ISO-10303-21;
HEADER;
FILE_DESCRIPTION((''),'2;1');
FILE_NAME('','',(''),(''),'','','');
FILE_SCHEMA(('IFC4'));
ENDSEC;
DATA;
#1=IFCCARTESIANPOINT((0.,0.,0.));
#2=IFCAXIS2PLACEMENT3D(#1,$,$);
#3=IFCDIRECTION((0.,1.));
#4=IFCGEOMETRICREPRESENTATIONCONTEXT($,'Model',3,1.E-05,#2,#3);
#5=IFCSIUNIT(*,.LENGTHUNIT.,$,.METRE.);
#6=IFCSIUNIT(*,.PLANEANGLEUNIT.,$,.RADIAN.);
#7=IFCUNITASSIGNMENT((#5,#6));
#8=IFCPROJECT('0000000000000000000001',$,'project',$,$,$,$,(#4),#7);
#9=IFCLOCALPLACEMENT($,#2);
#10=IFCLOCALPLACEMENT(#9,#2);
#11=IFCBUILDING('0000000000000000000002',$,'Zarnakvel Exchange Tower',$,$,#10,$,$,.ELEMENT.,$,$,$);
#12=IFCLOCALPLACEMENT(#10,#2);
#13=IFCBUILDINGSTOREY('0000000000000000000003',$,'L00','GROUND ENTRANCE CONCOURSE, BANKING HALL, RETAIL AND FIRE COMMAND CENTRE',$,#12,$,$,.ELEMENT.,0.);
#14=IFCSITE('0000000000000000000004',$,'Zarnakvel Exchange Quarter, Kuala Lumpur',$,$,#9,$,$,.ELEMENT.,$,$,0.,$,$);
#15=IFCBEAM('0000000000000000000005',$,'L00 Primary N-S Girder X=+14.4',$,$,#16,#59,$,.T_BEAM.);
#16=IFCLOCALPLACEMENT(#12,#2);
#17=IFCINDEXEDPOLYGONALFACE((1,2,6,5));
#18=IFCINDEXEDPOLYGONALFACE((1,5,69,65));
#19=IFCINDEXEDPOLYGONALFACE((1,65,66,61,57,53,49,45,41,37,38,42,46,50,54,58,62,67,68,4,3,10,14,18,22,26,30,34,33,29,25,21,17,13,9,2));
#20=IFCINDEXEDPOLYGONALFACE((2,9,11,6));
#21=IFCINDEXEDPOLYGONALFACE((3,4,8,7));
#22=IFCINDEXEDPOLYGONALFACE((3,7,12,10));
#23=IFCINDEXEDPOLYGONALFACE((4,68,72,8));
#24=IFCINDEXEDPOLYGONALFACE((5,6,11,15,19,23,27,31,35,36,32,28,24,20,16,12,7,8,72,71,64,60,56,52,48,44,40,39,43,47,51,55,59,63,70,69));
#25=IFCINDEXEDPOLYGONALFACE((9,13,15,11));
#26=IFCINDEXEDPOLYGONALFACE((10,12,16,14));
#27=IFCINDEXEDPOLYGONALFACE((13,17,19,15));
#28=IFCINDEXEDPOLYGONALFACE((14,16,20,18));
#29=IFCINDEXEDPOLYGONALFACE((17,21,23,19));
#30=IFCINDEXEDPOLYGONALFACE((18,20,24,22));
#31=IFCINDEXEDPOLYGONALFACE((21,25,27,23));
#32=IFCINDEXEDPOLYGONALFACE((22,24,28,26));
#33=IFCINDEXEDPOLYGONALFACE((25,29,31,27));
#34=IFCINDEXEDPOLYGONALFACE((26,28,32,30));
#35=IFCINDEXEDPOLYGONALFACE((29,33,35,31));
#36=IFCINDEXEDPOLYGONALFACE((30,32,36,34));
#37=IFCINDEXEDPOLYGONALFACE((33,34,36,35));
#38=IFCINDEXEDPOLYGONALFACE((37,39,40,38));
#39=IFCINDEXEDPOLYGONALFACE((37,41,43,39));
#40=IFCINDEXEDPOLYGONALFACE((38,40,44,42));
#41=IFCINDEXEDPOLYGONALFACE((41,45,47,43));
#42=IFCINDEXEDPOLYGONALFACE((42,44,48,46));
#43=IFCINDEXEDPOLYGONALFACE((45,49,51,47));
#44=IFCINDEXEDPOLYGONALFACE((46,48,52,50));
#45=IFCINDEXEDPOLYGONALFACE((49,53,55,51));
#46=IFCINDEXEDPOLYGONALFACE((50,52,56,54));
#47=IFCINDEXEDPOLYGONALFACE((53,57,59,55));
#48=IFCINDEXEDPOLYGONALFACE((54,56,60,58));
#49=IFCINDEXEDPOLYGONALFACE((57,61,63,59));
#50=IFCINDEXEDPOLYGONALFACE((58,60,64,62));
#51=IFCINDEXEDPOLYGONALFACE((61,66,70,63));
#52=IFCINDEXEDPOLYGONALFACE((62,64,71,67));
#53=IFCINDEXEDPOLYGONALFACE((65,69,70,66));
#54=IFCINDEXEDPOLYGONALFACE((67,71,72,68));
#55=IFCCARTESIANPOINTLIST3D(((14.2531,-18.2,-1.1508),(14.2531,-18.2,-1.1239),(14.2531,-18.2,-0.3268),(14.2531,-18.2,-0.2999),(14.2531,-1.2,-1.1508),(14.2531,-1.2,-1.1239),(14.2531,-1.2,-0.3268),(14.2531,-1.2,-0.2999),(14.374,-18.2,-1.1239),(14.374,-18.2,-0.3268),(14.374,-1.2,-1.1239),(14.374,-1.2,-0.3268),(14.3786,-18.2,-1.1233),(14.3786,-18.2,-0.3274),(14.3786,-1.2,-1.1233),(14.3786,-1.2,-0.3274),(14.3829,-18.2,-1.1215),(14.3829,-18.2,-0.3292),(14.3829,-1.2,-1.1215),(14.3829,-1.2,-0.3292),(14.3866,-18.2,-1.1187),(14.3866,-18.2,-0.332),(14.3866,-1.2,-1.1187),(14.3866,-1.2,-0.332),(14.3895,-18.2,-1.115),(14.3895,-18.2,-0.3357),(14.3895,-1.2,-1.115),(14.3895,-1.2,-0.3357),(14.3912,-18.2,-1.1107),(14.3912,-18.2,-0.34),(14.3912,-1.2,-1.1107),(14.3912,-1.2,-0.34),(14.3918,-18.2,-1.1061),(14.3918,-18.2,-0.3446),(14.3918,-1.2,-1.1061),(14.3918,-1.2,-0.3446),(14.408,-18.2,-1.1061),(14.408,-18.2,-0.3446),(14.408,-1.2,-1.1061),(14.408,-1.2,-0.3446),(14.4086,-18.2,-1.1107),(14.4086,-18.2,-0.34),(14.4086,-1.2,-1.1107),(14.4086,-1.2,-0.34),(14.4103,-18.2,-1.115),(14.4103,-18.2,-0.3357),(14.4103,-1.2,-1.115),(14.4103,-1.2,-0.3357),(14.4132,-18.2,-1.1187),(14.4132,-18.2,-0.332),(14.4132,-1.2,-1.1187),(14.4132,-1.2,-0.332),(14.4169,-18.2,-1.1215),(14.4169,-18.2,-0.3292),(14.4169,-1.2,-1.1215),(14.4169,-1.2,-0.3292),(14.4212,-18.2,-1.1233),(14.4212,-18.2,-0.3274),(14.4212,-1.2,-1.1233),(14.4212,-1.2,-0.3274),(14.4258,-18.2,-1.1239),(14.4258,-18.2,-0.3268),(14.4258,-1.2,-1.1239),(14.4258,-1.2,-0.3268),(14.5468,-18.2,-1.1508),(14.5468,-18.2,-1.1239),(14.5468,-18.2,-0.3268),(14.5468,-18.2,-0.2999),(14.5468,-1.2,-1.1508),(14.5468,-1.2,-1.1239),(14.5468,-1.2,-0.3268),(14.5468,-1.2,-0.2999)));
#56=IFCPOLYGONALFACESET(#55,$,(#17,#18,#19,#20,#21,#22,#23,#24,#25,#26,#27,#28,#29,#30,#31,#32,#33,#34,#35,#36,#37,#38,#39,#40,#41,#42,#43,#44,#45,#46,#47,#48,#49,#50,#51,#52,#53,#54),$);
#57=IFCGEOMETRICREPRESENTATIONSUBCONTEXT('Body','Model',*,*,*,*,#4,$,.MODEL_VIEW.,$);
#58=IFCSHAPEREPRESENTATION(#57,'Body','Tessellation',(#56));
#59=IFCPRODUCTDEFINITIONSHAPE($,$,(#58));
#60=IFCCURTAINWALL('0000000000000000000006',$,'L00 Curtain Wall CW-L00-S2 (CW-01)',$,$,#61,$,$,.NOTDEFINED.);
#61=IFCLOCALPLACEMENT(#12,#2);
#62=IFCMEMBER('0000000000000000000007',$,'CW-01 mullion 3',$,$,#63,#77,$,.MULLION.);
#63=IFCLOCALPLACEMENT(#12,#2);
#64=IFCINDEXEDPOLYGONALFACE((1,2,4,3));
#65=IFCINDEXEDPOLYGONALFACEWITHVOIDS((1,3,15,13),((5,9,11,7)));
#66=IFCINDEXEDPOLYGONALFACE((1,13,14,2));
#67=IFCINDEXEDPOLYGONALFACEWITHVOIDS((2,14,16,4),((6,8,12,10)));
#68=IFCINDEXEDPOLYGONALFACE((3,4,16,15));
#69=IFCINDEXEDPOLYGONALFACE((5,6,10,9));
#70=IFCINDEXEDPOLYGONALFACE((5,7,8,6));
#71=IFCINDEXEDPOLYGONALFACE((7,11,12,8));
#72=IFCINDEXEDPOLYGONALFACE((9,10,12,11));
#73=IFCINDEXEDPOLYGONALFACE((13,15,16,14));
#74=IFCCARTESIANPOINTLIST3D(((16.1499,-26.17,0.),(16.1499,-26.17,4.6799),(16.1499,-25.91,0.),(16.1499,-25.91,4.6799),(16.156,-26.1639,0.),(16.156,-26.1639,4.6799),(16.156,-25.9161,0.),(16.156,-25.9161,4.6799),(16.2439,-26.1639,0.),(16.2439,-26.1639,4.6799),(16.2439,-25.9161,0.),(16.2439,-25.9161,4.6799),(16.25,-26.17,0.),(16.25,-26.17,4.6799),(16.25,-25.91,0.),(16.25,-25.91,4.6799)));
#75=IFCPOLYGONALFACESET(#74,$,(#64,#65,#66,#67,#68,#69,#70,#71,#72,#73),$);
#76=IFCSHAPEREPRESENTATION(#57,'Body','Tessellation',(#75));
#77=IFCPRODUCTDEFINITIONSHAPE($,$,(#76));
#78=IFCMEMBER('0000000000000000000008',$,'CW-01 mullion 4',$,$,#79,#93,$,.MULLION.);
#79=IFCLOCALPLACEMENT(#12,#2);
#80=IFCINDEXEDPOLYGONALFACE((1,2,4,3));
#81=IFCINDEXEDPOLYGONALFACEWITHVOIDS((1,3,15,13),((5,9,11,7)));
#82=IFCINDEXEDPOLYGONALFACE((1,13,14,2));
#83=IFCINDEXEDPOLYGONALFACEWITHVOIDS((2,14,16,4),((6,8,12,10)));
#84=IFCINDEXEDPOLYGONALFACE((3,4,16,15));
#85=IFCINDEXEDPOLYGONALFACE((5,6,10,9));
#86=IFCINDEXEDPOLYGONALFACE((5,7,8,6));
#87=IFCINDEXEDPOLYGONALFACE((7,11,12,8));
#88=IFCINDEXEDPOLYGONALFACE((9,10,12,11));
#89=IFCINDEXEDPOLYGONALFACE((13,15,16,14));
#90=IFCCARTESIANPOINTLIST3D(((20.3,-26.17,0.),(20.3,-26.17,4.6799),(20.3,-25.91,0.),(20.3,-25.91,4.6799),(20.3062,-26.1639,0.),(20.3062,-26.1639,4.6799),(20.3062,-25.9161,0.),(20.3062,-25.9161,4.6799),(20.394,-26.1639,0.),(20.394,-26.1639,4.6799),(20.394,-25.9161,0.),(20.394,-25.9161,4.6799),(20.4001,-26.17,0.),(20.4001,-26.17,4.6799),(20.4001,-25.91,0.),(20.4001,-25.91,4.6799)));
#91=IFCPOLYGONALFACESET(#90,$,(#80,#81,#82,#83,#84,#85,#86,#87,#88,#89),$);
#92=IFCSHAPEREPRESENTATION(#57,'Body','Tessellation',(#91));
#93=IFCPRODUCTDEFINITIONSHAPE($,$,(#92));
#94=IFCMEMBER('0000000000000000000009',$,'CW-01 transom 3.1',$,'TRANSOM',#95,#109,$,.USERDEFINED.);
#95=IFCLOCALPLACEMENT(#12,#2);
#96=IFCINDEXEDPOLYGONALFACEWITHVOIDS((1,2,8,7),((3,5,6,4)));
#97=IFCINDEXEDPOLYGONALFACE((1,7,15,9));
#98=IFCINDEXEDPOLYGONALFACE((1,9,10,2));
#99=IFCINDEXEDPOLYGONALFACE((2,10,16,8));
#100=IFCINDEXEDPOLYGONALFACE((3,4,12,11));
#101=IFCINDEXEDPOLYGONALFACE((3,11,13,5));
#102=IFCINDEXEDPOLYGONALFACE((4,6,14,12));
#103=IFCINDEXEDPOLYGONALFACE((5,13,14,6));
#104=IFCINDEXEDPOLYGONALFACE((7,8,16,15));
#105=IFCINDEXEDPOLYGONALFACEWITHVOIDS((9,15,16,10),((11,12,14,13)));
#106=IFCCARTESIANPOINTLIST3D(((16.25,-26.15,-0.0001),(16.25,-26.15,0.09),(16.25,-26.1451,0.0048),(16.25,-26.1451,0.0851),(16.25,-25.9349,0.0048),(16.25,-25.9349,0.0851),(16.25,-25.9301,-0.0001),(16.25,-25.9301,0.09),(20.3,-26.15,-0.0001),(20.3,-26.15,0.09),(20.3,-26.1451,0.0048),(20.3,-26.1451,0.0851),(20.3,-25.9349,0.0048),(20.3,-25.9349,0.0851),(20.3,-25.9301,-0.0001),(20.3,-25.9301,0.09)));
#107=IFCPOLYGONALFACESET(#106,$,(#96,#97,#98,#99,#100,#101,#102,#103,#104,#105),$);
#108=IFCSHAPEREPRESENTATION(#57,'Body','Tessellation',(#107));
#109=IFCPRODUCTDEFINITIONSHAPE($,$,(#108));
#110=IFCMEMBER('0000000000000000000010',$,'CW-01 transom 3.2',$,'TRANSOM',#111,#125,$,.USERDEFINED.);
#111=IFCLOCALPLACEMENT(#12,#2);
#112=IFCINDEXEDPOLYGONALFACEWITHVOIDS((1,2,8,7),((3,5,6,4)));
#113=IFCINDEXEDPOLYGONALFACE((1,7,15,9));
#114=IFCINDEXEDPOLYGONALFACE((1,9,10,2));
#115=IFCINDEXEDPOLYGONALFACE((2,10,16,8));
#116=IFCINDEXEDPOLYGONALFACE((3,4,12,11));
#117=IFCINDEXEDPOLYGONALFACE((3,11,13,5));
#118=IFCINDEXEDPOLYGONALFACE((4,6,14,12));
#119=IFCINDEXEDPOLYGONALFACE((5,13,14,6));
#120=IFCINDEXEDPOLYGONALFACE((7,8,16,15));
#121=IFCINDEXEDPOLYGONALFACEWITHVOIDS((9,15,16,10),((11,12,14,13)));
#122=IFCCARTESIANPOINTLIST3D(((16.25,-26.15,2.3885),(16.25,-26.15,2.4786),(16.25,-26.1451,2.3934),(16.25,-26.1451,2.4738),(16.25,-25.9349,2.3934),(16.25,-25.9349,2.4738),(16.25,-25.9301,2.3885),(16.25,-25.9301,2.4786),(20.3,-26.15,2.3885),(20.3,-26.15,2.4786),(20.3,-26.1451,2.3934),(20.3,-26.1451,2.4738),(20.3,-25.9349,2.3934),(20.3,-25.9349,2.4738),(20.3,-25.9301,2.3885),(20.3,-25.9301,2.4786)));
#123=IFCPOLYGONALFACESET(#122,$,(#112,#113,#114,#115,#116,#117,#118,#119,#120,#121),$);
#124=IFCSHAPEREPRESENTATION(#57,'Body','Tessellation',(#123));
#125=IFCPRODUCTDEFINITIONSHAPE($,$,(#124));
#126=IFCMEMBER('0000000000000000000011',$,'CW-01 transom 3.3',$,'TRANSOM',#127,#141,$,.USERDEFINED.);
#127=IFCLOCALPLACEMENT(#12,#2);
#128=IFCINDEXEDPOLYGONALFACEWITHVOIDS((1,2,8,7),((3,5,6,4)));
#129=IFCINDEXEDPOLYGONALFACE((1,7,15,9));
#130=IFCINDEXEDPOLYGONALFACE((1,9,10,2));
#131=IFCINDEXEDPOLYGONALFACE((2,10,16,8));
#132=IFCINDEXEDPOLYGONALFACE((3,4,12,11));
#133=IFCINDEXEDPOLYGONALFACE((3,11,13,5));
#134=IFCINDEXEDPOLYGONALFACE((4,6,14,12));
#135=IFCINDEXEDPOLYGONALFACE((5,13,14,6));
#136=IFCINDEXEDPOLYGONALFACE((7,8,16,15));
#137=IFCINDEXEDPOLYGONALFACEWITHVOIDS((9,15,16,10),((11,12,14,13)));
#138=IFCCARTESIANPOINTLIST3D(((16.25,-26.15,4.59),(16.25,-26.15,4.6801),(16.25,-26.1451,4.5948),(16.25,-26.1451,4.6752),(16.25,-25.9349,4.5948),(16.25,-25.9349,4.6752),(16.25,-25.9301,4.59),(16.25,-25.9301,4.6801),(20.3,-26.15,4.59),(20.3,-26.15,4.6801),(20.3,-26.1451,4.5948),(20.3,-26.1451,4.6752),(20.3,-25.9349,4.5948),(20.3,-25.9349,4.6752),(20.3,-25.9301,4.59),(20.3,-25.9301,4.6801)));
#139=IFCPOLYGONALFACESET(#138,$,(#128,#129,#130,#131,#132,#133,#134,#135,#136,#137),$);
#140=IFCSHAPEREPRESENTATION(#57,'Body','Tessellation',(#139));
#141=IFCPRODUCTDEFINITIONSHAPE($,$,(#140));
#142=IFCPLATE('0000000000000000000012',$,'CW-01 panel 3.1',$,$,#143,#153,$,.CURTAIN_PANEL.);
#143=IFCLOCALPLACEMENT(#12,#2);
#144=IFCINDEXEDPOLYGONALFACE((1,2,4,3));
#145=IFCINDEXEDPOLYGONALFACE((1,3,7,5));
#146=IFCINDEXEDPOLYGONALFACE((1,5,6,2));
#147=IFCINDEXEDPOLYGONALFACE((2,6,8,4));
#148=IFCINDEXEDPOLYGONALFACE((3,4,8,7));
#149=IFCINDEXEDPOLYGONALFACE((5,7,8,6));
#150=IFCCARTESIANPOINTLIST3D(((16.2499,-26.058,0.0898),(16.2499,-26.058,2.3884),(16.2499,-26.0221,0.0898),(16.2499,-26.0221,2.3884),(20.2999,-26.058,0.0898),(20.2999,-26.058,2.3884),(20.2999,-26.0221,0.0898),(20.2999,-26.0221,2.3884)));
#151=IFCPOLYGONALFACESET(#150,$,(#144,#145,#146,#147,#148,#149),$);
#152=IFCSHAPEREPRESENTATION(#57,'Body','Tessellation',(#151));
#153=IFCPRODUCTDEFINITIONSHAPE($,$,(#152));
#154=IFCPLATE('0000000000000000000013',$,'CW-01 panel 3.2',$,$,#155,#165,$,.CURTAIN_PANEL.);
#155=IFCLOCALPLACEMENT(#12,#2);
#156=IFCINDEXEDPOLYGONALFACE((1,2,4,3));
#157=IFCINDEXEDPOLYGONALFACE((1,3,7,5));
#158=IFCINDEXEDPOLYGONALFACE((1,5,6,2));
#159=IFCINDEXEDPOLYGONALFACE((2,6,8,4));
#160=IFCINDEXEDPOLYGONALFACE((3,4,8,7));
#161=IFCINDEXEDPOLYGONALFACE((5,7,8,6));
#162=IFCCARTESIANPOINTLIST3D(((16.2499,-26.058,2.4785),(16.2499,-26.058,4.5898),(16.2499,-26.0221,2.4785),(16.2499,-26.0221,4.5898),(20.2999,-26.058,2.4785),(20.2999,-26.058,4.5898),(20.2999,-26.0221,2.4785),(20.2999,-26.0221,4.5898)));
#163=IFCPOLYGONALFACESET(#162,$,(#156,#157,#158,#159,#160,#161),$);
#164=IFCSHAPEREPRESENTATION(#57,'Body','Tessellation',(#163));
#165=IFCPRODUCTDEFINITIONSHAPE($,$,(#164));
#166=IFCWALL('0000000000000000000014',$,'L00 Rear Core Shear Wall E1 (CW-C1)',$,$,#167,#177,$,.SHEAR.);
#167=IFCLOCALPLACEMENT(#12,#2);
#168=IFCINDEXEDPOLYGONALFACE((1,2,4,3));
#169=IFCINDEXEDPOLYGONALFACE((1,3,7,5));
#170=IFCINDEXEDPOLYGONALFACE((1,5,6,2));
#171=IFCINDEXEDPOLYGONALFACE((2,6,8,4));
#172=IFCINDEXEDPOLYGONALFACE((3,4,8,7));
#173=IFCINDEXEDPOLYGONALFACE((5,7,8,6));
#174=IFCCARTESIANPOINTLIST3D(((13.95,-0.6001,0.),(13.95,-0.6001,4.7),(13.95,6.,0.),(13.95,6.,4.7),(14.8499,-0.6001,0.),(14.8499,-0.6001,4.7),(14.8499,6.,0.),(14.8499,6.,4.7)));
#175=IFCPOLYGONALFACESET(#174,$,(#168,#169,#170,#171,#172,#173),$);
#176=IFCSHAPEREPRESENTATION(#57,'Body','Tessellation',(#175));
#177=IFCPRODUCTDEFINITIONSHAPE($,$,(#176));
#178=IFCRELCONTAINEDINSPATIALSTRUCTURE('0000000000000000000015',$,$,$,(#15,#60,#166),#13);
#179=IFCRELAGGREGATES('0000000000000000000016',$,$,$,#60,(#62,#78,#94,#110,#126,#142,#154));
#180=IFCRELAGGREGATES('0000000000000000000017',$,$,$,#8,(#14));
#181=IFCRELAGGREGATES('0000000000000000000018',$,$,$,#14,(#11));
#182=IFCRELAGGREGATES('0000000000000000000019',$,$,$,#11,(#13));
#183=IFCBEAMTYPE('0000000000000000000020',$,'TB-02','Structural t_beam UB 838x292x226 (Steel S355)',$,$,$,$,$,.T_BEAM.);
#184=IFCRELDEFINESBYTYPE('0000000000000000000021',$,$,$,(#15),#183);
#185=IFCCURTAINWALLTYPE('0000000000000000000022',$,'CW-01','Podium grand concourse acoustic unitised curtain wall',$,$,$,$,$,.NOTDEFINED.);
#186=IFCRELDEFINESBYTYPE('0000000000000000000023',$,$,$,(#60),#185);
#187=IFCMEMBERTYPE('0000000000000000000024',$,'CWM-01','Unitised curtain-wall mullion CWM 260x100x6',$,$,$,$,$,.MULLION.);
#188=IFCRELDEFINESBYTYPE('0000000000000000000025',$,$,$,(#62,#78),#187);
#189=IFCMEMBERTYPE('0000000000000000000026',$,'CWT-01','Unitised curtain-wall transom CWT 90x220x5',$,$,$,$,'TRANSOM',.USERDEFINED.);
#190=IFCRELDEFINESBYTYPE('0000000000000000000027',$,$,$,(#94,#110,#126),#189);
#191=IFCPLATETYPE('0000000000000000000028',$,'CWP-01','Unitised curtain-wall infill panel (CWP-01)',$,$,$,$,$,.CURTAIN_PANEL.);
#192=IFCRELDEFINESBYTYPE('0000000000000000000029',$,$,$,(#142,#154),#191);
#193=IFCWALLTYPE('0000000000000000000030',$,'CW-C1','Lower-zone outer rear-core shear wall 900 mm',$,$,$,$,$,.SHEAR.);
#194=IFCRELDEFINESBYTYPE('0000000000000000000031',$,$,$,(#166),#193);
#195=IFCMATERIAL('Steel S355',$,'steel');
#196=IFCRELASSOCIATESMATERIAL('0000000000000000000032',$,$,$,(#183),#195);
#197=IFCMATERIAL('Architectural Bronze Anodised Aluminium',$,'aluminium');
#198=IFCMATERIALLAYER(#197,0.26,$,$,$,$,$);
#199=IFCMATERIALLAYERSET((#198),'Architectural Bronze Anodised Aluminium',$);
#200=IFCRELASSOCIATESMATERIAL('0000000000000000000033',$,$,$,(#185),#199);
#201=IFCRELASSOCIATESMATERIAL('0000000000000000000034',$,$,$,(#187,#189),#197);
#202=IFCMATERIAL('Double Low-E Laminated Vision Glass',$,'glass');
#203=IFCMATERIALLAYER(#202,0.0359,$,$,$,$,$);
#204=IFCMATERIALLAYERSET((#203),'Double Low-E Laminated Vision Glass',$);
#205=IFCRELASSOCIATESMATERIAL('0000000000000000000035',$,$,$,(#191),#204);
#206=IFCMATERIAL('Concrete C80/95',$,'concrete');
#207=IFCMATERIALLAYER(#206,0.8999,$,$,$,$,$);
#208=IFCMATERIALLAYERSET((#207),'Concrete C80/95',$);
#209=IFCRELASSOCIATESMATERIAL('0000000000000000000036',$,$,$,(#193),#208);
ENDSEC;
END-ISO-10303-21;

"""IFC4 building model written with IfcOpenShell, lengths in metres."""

from ifc_helpers import new_model, si_unit, direction, frame, frame_2d, origin, origin_2d, place, context, subcontext, project, spatial, rectangle, hollow_rectangle, i_section, extrude, source, transform, mapped, material, layer, layer_set, material_profile, profile_set, type_object, element, aggregate, save


model = new_model("IFC4")

# Units and contexts
model_context = context("Model", 3, precision=1e-05, world=origin(), true_north=direction((0.0, 1.0)))
body_context = subcontext(model_context, "Body", "Model", "MODEL_VIEW")
ifc_project = project(units=[si_unit("LENGTHUNIT", "METRE"), si_unit("PLANEANGLEUNIT", "RADIAN")], contexts=[model_context])

# Site, building, storey
site_placement = place(None, origin())
site = spatial("IfcSite", under=ifc_project, at=site_placement, Name="Zarnakvel Exchange Quarter, Kuala Lumpur", CompositionType="ELEMENT", RefElevation=0.0)
building_placement = place(site_placement, origin())
building = spatial("IfcBuilding", under=site, at=building_placement, Name="Zarnakvel Exchange Tower", CompositionType="ELEMENT")
storey_placement = place(building_placement, origin())
storey = spatial("IfcBuildingStorey", under=building, at=storey_placement, Name="L00", Description="GROUND ENTRANCE CONCOURSE, BANKING HALL, RETAIL AND FIRE COMMAND CENTRE", CompositionType="ELEMENT", Elevation=0.0)

# Shared definitions
ifc_material_1 = material(Name="Concrete C80/95", Category="concrete")

# Beam
ifc_material_2 = material(Name="Steel S355", Category="steel")
ifc_material_profile_1 = material_profile(ifc_material_2, i_section(OverallWidth=0.2937, OverallDepth=0.8508, WebThickness=0.0161, FlangeThickness=0.0269, FilletRadius=0.0178, at=origin_2d()))
ifc_profile_set_1 = profile_set([ifc_material_profile_1], Name="Steel S355")
beam_type_1 = type_object("IfcBeamType", Name="TB-02", Description="Structural t_beam UB 838x292x226 (Steel S355)", PredefinedType="T_BEAM", material=ifc_profile_set_1)
beam_1_placement = place(storey_placement, frame((14.3999, -18.2, -0.7253), z_axis=(0.0, 1.0, 0.0), x_axis=(-1.0, 0.0, 0.0)))
element("IfcBeam", 1, at=beam_1_placement, inside=storey, type_object=beam_type_1, Name="L00 Primary N-S Girder X=+14.4", PredefinedType="T_BEAM", context=body_context, shape_type="SweptSolid", body=[
    extrude(i_section(OverallWidth=0.2937, OverallDepth=0.8508, WebThickness=0.0161, FlangeThickness=0.0269, FilletRadius=0.0178, at=origin_2d()), origin(), (0.0, 0.0, 1.0), 17.0),
])

# Curtain wall, members, plates
ifc_material_3 = material(Name="Architectural Bronze Anodised Aluminium", Category="aluminium")
ifc_layer_1 = layer(ifc_material_3, 0.26)
ifc_layer_set_1 = layer_set([ifc_layer_1], Name="Architectural Bronze Anodised Aluminium")
curtain_wall_type = type_object("IfcCurtainWallType", Name="CW-01", Description="Podium grand concourse acoustic unitised curtain wall", PredefinedType="NOTDEFINED", material=ifc_layer_set_1)
curtain_wall_placement = place(storey_placement, origin())
curtain_wall = element("IfcCurtainWall", 2, at=curtain_wall_placement, inside=storey, type_object=curtain_wall_type, Name="L00 Curtain Wall CW-L00-S2 (CW-01)", PredefinedType="NOTDEFINED")
ifc_material_profile_2 = material_profile(ifc_material_3, hollow_rectangle(XDim=0.26, YDim=0.1001, WallThickness=0.0061, at=origin_2d()))
ifc_profile_set_2 = profile_set([ifc_material_profile_2], Name="Architectural Bronze Anodised Aluminium")
member_type_1 = type_object("IfcMemberType", Name="CWM-01", Description="Unitised curtain-wall mullion CWM 260x100x6", PredefinedType="MULLION", material=ifc_profile_set_2)
shared_shape_1 = source(origin(), body_context, "Body", "SweptSolid", [
    extrude(hollow_rectangle(XDim=0.26, YDim=0.1001, WallThickness=0.0061, at=origin_2d()), origin(), (0.0, 0.0, 1.0), 4.6799),
])
member_1_placement = place(storey_placement, frame((16.2, -26.04, 0.0), z_axis=(0.0, 0.0, 1.0), x_axis=(0.0, 1.0, 0.0)))
member_1 = element("IfcMember", 3, at=member_1_placement, type_object=member_type_1, Name="CW-01 mullion 3", PredefinedType="MULLION", context=body_context, shape_type="MappedRepresentation", body=[
    mapped(shared_shape_1, transform((0.0, 0.0, 0.0), x_axis=(1.0, 0.0, 0.0), y_axis=(0.0, 1.0, 0.0), z_axis=(0.0, 0.0, 1.0), scale=1.0)),
])
member_2_placement = place(storey_placement, frame((20.3501, -26.04, 0.0), z_axis=(0.0, 0.0, 1.0), x_axis=(0.0, 1.0, 0.0)))
member_2 = element("IfcMember", 4, at=member_2_placement, type_object=member_type_1, Name="CW-01 mullion 4", PredefinedType="MULLION", context=body_context, shape_type="MappedRepresentation", body=[
    mapped(shared_shape_1, transform((0.0, 0.0, 0.0), x_axis=(1.0, 0.0, 0.0), y_axis=(0.0, 1.0, 0.0), z_axis=(0.0, 0.0, 1.0), scale=1.0)),
])
ifc_material_profile_3 = material_profile(ifc_material_3, hollow_rectangle(XDim=0.22, YDim=0.0901, WallThickness=0.0049, at=origin_2d()))
ifc_profile_set_3 = profile_set([ifc_material_profile_3], Name="Architectural Bronze Anodised Aluminium")
member_type_2 = type_object("IfcMemberType", Name="CWT-01", Description="Unitised curtain-wall transom CWT 90x220x5", ElementType="TRANSOM", PredefinedType="USERDEFINED", material=ifc_profile_set_3)
shared_shape_2 = source(origin(), body_context, "Body", "SweptSolid", [
    extrude(hollow_rectangle(XDim=0.22, YDim=0.0901, WallThickness=0.0049, at=origin_2d()), origin(), (0.0, 0.0, 1.0), 4.05),
])
member_3_placement = place(storey_placement, frame((16.25, -26.04, 0.0449), z_axis=(1.0, 0.0, 0.0), x_axis=(0.0, 1.0, 0.0)))
member_3 = element("IfcMember", 5, at=member_3_placement, type_object=member_type_2, Name="CW-01 transom 3.1", ObjectType="TRANSOM", PredefinedType="USERDEFINED", context=body_context, shape_type="MappedRepresentation", body=[
    mapped(shared_shape_2, transform((0.0, 0.0, 0.0), x_axis=(1.0, 0.0, 0.0), y_axis=(0.0, 1.0, 0.0), z_axis=(0.0, 0.0, 1.0), scale=1.0)),
])
member_4_placement = place(storey_placement, frame((16.25, -26.04, 2.4336), z_axis=(1.0, 0.0, 0.0), x_axis=(0.0, 1.0, 0.0)))
member_4 = element("IfcMember", 6, at=member_4_placement, type_object=member_type_2, Name="CW-01 transom 3.2", ObjectType="TRANSOM", PredefinedType="USERDEFINED", context=body_context, shape_type="MappedRepresentation", body=[
    mapped(shared_shape_2, transform((0.0, 0.0, 0.0), x_axis=(1.0, 0.0, 0.0), y_axis=(0.0, 1.0, 0.0), z_axis=(0.0, 0.0, 1.0), scale=1.0)),
])
member_5_placement = place(storey_placement, frame((16.25, -26.04, 4.635), z_axis=(1.0, 0.0, 0.0), x_axis=(0.0, 1.0, 0.0)))
member_5 = element("IfcMember", 7, at=member_5_placement, type_object=member_type_2, Name="CW-01 transom 3.3", ObjectType="TRANSOM", PredefinedType="USERDEFINED", context=body_context, shape_type="MappedRepresentation", body=[
    mapped(shared_shape_2, transform((0.0, 0.0, 0.0), x_axis=(1.0, 0.0, 0.0), y_axis=(0.0, 1.0, 0.0), z_axis=(0.0, 0.0, 1.0), scale=1.0)),
])
ifc_material_4 = material(Name="Double Low-E Laminated Vision Glass", Category="glass")
ifc_layer_2 = layer(ifc_material_4, 0.0359)
ifc_layer_set_2 = layer_set([ifc_layer_2], Name="Double Low-E Laminated Vision Glass")
plate_type = type_object("IfcPlateType", Name="CWP-01", Description="Unitised curtain-wall infill panel (CWP-01)", PredefinedType="CURTAIN_PANEL", material=ifc_layer_set_2)
shared_shape_3 = source(origin(), body_context, "Body", "SweptSolid", [
    extrude(rectangle(XDim=4.05, YDim=0.0359, at=origin_2d()), origin(), (0.0, 0.0, 1.0), 2.2986),
])
plate_1_placement = place(storey_placement, frame((18.2749, -26.04, 0.0898), z_axis=(0.0, 0.0, 1.0), x_axis=(1.0, 0.0, 0.0)))
plate_1 = element("IfcPlate", 8, at=plate_1_placement, type_object=plate_type, Name="CW-01 panel 3.1", PredefinedType="CURTAIN_PANEL", context=body_context, shape_type="MappedRepresentation", body=[
    mapped(shared_shape_3, transform((0.0, 0.0, 0.0), x_axis=(1.0, 0.0, 0.0), y_axis=(0.0, 1.0, 0.0), z_axis=(0.0, 0.0, 1.0), scale=1.0)),
])
shared_shape_4 = source(origin(), body_context, "Body", "SweptSolid", [
    extrude(rectangle(XDim=4.05, YDim=0.0359, at=origin_2d()), origin(), (0.0, 0.0, 1.0), 2.1113),
])
plate_2_placement = place(storey_placement, frame((18.2749, -26.04, 2.4785), z_axis=(0.0, 0.0, 1.0), x_axis=(1.0, 0.0, 0.0)))
plate_2 = element("IfcPlate", 9, at=plate_2_placement, type_object=plate_type, Name="CW-01 panel 3.2", PredefinedType="CURTAIN_PANEL", context=body_context, shape_type="MappedRepresentation", body=[
    mapped(shared_shape_4, transform((0.0, 0.0, 0.0), x_axis=(1.0, 0.0, 0.0), y_axis=(0.0, 1.0, 0.0), z_axis=(0.0, 0.0, 1.0), scale=1.0)),
])
aggregate(curtain_wall, [member_1, member_2, member_3, member_4, member_5, plate_1, plate_2])

# Wall
ifc_layer_3 = layer(ifc_material_1, 0.8999)
ifc_layer_set_3 = layer_set([ifc_layer_3], Name="Concrete C80/95")
wall_type_1 = type_object("IfcWallType", Name="CW-C1", Description="Lower-zone outer rear-core shear wall 900 mm", PredefinedType="SHEAR", material=ifc_layer_set_3)
wall_1_placement = place(storey_placement, frame((14.3999, -0.6001, 0.0), z_axis=(0.0, 0.0, 1.0), x_axis=(0.0, 1.0, 0.0)))
element("IfcWall", 10, at=wall_1_placement, inside=storey, type_object=wall_type_1, Name="L00 Rear Core Shear Wall E1 (CW-C1)", PredefinedType="SHEAR", context=body_context, shape_type="SweptSolid", body=[
    extrude(rectangle(XDim=6.6001, YDim=0.8999, at=frame_2d((3.3, 0.0))), origin(), (0.0, 0.0, 1.0), 4.7),
])

save(model, "model.ifc")
